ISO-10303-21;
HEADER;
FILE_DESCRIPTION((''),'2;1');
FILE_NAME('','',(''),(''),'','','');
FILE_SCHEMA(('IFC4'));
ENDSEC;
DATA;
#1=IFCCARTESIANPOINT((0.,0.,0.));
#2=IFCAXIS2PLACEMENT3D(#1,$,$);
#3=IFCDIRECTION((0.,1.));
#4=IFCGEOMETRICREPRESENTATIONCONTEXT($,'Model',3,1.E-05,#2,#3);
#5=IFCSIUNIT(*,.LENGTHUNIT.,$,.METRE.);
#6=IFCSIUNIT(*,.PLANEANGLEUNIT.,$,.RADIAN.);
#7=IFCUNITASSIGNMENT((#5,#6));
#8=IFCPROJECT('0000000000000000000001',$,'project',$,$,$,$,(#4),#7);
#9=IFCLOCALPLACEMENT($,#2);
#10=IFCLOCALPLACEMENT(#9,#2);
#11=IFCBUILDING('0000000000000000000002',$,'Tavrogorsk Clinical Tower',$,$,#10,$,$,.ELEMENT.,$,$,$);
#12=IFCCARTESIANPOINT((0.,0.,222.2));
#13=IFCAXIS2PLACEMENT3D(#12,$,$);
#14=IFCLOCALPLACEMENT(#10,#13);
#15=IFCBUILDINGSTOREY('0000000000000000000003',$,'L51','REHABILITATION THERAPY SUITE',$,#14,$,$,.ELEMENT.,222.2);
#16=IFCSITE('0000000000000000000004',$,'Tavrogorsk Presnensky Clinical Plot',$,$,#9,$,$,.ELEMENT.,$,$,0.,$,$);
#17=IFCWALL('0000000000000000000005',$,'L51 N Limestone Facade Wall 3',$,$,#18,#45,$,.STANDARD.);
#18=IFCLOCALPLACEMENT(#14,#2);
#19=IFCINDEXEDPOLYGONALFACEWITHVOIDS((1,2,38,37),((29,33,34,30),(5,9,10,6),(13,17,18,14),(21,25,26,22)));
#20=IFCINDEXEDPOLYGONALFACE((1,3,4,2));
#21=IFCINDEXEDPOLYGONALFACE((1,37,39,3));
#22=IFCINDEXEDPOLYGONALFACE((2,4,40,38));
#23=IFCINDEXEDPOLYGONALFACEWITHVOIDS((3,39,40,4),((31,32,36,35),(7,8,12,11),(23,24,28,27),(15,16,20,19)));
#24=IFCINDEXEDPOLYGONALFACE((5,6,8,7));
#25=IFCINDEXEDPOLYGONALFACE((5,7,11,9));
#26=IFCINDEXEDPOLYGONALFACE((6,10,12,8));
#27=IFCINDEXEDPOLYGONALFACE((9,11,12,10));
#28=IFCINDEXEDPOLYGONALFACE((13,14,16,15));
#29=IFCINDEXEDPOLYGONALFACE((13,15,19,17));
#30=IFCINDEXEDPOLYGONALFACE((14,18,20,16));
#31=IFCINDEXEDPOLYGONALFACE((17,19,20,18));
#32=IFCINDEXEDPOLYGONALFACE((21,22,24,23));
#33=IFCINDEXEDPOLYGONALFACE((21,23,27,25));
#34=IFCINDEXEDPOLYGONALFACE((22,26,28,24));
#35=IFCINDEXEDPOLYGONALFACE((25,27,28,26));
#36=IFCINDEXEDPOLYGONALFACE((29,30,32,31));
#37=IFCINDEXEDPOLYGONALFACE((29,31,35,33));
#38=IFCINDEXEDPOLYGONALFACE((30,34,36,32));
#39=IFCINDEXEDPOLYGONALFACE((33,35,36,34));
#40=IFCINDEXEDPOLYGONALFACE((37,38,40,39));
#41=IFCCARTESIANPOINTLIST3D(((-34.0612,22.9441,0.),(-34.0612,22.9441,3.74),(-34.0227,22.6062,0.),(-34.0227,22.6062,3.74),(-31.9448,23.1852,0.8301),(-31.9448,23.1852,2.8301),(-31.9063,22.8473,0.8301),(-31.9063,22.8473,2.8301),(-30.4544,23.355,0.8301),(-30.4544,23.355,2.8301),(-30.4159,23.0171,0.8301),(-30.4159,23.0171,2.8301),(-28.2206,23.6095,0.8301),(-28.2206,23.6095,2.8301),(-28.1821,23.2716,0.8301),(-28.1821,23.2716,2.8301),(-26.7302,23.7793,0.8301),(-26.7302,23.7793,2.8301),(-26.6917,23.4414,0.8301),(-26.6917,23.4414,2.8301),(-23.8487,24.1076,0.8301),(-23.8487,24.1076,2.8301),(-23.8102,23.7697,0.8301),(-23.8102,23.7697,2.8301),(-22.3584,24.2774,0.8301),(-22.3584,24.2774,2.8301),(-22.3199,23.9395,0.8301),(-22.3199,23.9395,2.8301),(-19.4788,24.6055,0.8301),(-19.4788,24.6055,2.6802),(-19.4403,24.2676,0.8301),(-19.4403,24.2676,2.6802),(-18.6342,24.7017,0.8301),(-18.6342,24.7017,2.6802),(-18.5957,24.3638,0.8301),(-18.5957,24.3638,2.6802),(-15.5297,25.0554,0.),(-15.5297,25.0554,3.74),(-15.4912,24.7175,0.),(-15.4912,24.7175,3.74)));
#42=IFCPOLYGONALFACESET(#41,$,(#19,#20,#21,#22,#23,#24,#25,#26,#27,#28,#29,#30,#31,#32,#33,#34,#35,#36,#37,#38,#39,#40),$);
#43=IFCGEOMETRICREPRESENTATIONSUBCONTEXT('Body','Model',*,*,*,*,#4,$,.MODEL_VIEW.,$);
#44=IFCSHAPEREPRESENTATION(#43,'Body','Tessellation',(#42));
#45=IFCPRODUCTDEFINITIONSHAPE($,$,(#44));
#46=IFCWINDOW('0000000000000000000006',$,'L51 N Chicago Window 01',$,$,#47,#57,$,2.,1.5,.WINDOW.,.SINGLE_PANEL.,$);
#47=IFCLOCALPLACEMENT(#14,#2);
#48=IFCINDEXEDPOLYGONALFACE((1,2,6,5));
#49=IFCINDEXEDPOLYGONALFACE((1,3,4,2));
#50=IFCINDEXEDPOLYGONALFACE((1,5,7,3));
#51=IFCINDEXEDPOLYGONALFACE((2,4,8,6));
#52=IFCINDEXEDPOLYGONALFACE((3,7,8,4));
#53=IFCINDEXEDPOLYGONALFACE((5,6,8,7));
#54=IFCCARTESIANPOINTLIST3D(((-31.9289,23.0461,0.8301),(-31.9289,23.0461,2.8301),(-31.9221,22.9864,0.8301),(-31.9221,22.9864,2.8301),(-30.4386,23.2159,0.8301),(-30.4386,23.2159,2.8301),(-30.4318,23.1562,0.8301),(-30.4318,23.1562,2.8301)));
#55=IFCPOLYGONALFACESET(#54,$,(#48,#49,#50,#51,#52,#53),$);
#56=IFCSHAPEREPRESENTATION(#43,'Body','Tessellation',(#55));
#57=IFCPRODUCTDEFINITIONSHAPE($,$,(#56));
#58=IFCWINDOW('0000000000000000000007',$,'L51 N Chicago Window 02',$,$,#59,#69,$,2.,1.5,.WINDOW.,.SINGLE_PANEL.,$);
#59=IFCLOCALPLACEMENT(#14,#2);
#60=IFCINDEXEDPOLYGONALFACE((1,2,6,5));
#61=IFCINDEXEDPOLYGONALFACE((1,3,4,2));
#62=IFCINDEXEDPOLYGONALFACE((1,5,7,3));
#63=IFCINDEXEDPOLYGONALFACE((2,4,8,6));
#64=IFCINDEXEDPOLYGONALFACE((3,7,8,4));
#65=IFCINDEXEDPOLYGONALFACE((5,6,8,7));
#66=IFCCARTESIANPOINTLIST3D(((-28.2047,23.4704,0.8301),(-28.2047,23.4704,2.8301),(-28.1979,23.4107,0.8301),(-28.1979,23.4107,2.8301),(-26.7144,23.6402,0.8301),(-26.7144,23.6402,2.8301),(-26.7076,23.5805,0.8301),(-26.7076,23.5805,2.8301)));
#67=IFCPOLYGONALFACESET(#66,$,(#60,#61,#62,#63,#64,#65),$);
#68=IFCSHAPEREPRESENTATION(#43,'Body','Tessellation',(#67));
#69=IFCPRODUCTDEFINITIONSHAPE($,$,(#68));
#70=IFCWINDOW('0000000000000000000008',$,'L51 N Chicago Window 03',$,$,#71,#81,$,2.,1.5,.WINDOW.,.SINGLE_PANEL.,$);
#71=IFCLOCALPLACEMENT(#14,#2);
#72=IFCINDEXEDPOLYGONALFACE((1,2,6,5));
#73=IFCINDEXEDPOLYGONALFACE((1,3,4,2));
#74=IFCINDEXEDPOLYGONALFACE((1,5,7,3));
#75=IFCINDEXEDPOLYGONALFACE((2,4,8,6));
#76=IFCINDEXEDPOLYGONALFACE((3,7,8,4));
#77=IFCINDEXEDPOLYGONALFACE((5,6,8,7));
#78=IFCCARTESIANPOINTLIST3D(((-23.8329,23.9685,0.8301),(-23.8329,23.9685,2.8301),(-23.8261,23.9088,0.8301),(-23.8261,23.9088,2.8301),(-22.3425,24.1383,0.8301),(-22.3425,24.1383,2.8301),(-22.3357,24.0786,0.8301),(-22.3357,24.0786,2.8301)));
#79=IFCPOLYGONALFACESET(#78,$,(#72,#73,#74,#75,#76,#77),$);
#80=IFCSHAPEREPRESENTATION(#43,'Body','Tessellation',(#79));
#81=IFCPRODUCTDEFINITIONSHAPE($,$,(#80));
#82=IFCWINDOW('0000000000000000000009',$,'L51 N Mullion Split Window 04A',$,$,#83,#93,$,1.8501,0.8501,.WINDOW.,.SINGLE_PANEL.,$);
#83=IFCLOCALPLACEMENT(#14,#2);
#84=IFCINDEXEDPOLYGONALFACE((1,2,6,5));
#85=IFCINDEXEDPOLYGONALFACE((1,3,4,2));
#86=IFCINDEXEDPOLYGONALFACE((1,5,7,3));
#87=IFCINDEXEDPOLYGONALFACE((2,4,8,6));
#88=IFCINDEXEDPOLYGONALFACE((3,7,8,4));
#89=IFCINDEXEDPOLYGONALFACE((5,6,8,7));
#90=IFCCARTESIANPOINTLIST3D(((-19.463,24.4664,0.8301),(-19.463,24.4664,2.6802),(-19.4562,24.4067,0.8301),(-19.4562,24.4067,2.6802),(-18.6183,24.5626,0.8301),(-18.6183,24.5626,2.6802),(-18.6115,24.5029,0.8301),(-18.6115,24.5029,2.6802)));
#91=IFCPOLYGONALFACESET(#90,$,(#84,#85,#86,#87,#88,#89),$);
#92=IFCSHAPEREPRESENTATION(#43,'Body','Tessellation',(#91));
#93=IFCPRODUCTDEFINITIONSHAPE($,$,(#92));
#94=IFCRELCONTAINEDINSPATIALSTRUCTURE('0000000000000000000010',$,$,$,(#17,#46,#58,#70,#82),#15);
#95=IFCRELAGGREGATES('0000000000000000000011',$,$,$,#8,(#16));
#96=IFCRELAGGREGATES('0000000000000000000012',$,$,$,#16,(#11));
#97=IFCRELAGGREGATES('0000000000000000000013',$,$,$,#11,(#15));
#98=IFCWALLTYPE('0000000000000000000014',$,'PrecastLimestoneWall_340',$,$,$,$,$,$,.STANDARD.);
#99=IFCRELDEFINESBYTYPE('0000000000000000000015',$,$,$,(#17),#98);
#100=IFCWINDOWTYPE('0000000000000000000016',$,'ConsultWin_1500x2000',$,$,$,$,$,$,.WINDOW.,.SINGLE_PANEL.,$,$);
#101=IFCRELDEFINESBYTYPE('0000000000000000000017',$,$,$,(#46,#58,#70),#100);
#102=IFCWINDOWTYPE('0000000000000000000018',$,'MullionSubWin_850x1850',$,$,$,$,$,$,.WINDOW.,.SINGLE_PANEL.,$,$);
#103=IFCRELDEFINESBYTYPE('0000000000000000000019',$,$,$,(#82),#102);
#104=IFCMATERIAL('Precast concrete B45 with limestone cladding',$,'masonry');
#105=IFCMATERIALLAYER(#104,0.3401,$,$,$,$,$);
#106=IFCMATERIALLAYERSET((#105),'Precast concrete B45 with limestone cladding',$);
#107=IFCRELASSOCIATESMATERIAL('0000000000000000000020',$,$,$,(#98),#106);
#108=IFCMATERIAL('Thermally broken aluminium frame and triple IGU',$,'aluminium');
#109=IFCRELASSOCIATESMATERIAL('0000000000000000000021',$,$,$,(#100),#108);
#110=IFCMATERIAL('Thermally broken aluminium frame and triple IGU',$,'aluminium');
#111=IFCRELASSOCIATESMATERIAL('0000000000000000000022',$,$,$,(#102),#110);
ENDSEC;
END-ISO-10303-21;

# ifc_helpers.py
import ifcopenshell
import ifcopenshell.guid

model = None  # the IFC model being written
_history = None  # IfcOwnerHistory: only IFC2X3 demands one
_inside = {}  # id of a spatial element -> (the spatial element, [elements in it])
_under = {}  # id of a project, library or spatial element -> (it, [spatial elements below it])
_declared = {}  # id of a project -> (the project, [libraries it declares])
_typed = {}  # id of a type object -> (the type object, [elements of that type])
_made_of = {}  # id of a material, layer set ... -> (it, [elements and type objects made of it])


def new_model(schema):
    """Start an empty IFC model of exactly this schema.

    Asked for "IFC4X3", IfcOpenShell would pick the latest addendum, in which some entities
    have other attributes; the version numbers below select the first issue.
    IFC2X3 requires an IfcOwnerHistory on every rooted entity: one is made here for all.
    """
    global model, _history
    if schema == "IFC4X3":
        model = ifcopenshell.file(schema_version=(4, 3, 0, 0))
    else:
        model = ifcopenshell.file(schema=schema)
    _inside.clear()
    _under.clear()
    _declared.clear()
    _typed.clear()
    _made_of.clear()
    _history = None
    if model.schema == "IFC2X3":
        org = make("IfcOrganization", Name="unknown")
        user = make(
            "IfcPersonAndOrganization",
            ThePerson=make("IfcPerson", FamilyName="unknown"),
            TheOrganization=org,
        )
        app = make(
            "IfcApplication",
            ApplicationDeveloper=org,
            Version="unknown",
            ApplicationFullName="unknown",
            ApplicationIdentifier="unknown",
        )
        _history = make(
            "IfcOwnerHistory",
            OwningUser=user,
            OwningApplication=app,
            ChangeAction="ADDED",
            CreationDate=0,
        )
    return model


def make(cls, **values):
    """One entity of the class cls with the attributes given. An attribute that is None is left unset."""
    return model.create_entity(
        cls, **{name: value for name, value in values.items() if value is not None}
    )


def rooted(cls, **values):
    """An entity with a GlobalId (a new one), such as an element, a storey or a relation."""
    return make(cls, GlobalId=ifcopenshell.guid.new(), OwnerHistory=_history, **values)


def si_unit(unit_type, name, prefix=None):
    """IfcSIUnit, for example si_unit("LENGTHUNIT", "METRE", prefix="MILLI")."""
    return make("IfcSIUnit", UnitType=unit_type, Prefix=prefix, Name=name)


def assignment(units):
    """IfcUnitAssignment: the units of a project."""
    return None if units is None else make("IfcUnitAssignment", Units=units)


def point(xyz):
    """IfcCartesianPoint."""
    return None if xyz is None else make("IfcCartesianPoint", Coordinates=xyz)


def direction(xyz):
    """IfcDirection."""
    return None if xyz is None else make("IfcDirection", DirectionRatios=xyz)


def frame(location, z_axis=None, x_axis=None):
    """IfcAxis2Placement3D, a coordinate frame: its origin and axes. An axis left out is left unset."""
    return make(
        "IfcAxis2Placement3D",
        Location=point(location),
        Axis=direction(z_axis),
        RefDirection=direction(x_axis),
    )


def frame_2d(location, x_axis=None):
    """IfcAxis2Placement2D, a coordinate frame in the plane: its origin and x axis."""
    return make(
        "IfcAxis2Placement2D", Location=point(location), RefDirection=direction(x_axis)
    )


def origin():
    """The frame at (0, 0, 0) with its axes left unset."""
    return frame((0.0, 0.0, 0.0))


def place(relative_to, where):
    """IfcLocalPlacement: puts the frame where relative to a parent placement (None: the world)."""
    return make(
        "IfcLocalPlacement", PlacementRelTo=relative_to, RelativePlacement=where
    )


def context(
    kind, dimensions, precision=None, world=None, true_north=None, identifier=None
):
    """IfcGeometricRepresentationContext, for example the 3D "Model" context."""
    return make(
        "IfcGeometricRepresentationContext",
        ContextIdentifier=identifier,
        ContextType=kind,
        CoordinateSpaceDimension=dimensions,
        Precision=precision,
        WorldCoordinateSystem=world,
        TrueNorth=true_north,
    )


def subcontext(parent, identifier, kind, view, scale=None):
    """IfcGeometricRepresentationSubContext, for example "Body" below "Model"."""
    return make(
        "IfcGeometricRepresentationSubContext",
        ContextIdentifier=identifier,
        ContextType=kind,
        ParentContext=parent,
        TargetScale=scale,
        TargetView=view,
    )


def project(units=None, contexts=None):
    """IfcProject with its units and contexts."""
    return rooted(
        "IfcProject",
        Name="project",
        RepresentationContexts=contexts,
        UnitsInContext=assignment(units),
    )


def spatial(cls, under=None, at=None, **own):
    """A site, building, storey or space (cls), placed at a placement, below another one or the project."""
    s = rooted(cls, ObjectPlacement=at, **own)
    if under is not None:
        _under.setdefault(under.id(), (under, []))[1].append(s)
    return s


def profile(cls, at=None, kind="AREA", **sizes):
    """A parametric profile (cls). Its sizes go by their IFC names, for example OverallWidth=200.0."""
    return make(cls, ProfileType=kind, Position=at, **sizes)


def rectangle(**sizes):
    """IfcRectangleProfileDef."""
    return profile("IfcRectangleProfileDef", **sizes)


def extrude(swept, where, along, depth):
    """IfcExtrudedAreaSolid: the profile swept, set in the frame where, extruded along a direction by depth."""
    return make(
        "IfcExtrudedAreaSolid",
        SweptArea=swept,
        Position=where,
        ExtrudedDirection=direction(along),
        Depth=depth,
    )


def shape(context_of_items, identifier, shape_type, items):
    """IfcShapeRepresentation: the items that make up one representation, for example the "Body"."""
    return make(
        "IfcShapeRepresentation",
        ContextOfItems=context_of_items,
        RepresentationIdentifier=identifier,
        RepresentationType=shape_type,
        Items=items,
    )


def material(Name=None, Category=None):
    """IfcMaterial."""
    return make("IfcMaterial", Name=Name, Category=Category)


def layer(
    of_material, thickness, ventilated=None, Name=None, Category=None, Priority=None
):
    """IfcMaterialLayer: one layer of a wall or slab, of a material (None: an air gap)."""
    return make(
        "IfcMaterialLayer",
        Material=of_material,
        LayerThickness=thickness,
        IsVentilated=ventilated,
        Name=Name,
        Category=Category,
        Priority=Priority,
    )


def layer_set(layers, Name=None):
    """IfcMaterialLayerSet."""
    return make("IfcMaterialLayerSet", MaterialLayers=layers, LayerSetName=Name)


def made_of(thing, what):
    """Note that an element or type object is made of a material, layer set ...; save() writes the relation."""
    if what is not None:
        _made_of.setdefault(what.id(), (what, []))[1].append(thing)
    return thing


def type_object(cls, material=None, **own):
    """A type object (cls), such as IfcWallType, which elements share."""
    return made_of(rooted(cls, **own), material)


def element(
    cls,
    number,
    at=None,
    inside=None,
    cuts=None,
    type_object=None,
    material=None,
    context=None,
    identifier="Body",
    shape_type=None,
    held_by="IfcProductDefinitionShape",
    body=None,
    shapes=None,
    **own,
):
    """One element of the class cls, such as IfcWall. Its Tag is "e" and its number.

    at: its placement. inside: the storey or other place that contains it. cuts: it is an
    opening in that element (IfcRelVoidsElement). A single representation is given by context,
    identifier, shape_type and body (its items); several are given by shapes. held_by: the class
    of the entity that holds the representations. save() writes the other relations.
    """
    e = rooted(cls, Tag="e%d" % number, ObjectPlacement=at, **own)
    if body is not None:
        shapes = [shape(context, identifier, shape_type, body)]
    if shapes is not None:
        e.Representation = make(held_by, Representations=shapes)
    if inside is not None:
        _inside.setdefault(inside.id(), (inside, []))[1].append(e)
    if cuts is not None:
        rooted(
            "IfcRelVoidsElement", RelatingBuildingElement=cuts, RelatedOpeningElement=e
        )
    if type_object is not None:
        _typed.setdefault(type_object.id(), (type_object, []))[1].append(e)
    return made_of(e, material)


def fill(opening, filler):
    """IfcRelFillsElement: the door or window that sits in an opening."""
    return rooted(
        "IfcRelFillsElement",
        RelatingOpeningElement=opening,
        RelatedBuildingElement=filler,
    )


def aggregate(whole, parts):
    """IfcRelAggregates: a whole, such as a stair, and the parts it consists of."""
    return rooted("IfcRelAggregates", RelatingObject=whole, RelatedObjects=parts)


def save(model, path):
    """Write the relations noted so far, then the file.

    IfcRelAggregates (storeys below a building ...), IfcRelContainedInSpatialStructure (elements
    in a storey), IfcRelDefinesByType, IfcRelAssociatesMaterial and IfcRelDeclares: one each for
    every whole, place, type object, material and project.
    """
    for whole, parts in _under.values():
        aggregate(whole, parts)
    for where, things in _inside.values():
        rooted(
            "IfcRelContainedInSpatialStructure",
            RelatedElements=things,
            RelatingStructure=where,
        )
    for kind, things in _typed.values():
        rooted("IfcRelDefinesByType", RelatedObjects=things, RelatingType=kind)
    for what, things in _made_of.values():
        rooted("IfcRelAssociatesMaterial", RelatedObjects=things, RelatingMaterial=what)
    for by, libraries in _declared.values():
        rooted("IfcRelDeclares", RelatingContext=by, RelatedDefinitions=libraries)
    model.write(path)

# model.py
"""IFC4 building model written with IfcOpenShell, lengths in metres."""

from ifc_helpers import new_model, si_unit, direction, frame, frame_2d, origin, place, context, subcontext, project, spatial, rectangle, extrude, material, layer, layer_set, type_object, element, fill, save


model = new_model("IFC4")

# Units and contexts
model_context = context("Model", 3, precision=1e-05, world=origin(), true_north=direction((0.0, 1.0)))
body_context = subcontext(model_context, "Body", "Model", "MODEL_VIEW")
ifc_project = project(units=[si_unit("LENGTHUNIT", "METRE"), si_unit("PLANEANGLEUNIT", "RADIAN")], contexts=[model_context])

# Site, building, storey
site_placement = place(None, origin())
site = spatial("IfcSite", under=ifc_project, at=site_placement, Name="Tavrogorsk Presnensky Clinical Plot", CompositionType="ELEMENT", RefElevation=0.0)
building_placement = place(site_placement, origin())
building = spatial("IfcBuilding", under=site, at=building_placement, Name="Tavrogorsk Clinical Tower", CompositionType="ELEMENT")
storey_placement = place(building_placement, frame((0.0, 0.0, 222.2)))
storey = spatial("IfcBuildingStorey", under=building, at=storey_placement, Name="L51", Description="REHABILITATION THERAPY SUITE", CompositionType="ELEMENT", Elevation=222.2)

# Wall, openings, windows
ifc_material_1 = material(Name="Precast concrete B45 with limestone cladding", Category="masonry")
ifc_layer_1 = layer(ifc_material_1, 0.3401)
ifc_layer_set_1 = layer_set([ifc_layer_1], Name="Precast concrete B45 with limestone cladding")
wall_type_1 = type_object("IfcWallType", Name="PrecastLimestoneWall_340", PredefinedType="STANDARD", material=ifc_layer_set_1)
wall_1_placement = place(storey_placement, frame((-15.5105, 24.8865, 0.0), z_axis=(0.0, 0.0, 1.0), x_axis=(-0.993572, -0.1132, 0.0)))
wall_1 = element("IfcWall", 1, at=wall_1_placement, inside=storey, type_object=wall_type_1, Name="L51 N Limestone Facade Wall 3", PredefinedType="STANDARD", context=body_context, shape_type="SweptSolid", body=[
    extrude(rectangle(XDim=18.6514, YDim=0.3401, at=frame_2d((9.3257, 0.0))), origin(), (0.0, 0.0, 1.0), 3.74),
])
opening_1_placement = place(wall_1_placement, frame((15.0212, 0.0, 0.8301)))
opening_1 = element("IfcOpeningElement", 2, at=opening_1_placement, cuts=wall_1, PredefinedType="OPENING", context=body_context, shape_type="SweptSolid", body=[
    extrude(rectangle(XDim=1.5, YDim=2.0, at=frame_2d((0.75, 1.0))), frame((0.0, 0.1799, 0.0), z_axis=(0.0, -1.0, 0.0), x_axis=(1.0, 0.0, 0.0)), (0.0, 0.0, 1.0), 0.3601),
])
opening_2_placement = place(wall_1_placement, frame((11.2729, 0.0, 0.8301)))
opening_2 = element("IfcOpeningElement", 3, at=opening_2_placement, cuts=wall_1, PredefinedType="OPENING", context=body_context, shape_type="SweptSolid", body=[
    extrude(rectangle(XDim=1.5, YDim=2.0, at=frame_2d((0.75, 1.0))), frame((0.0, 0.1799, 0.0), z_axis=(0.0, -1.0, 0.0), x_axis=(1.0, 0.0, 0.0)), (0.0, 0.0, 1.0), 0.3601),
])
opening_3_placement = place(wall_1_placement, frame((6.8728, 0.0, 0.8301)))
opening_3 = element("IfcOpeningElement", 4, at=opening_3_placement, cuts=wall_1, PredefinedType="OPENING", context=body_context, shape_type="SweptSolid", body=[
    extrude(rectangle(XDim=1.5, YDim=2.0, at=frame_2d((0.75, 1.0))), frame((0.0, 0.1799, 0.0), z_axis=(0.0, -1.0, 0.0), x_axis=(1.0, 0.0, 0.0)), (0.0, 0.0, 1.0), 0.3601),
])
opening_4_placement = place(wall_1_placement, frame((3.1245, 0.0, 0.8301)))
opening_4 = element("IfcOpeningElement", 5, at=opening_4_placement, cuts=wall_1, PredefinedType="OPENING", context=body_context, shape_type="SweptSolid", body=[
    extrude(rectangle(XDim=0.8501, YDim=1.8501, at=frame_2d((0.425, 0.925))), frame((0.0, 0.1799, 0.0), z_axis=(0.0, -1.0, 0.0), x_axis=(1.0, 0.0, 0.0)), (0.0, 0.0, 1.0), 0.3601),
])
ifc_material_2 = material(Name="Thermally broken aluminium frame and triple IGU", Category="aluminium")
window_type_1 = type_object("IfcWindowType", Name="ConsultWin_1500x2000", PartitioningType="SINGLE_PANEL", PredefinedType="WINDOW", material=ifc_material_2)
window_1_placement = place(opening_1_placement, origin())
window_1 = element("IfcWindow", 6, at=window_1_placement, inside=storey, type_object=window_type_1, Name="L51 N Chicago Window 01", OverallHeight=2.0, OverallWidth=1.5, PartitioningType="SINGLE_PANEL", PredefinedType="WINDOW", context=body_context, shape_type="SweptSolid", body=[
    extrude(rectangle(XDim=1.5, YDim=2.0, at=frame_2d((0.75, 1.0))), frame((0.0, 0.03, 0.0), z_axis=(0.0, -1.0, 0.0), x_axis=(1.0, 0.0, 0.0)), (0.0, 0.0, 1.0), 0.0601),
])
fill(opening_1, window_1)
window_2_placement = place(opening_2_placement, origin())
window_2 = element("IfcWindow", 7, at=window_2_placement, inside=storey, type_object=window_type_1, Name="L51 N Chicago Window 02", OverallHeight=2.0, OverallWidth=1.5, PartitioningType="SINGLE_PANEL", PredefinedType="WINDOW", context=body_context, shape_type="SweptSolid", body=[
    extrude(rectangle(XDim=1.5, YDim=2.0, at=frame_2d((0.75, 1.0))), frame((0.0, 0.03, 0.0), z_axis=(0.0, -1.0, 0.0), x_axis=(1.0, 0.0, 0.0)), (0.0, 0.0, 1.0), 0.0601),
])
fill(opening_2, window_2)
window_3_placement = place(opening_3_placement, origin())
window_3 = element("IfcWindow", 8, at=window_3_placement, inside=storey, type_object=window_type_1, Name="L51 N Chicago Window 03", OverallHeight=2.0, OverallWidth=1.5, PartitioningType="SINGLE_PANEL", PredefinedType="WINDOW", context=body_context, shape_type="SweptSolid", body=[
    extrude(rectangle(XDim=1.5, YDim=2.0, at=frame_2d((0.75, 1.0))), frame((0.0, 0.03, 0.0), z_axis=(0.0, -1.0, 0.0), x_axis=(1.0, 0.0, 0.0)), (0.0, 0.0, 1.0), 0.0601),
])
fill(opening_3, window_3)
ifc_material_3 = material(Name="Thermally broken aluminium frame and triple IGU", Category="aluminium")
window_type_2 = type_object("IfcWindowType", Name="MullionSubWin_850x1850", PartitioningType="SINGLE_PANEL", PredefinedType="WINDOW", material=ifc_material_3)
window_4_placement = place(opening_4_placement, origin())
window_4 = element("IfcWindow", 9, at=window_4_placement, inside=storey, type_object=window_type_2, Name="L51 N Mullion Split Window 04A", OverallHeight=1.8501, OverallWidth=0.8501, PartitioningType="SINGLE_PANEL", PredefinedType="WINDOW", context=body_context, shape_type="SweptSolid", body=[
    extrude(rectangle(XDim=0.8501, YDim=1.8501, at=frame_2d((0.425, 0.925))), frame((0.0, 0.03, 0.0), z_axis=(0.0, -1.0, 0.0), x_axis=(1.0, 0.0, 0.0)), (0.0, 0.0, 1.0), 0.0601),
])
fill(opening_4, window_4)

save(model, "model.ifc")
